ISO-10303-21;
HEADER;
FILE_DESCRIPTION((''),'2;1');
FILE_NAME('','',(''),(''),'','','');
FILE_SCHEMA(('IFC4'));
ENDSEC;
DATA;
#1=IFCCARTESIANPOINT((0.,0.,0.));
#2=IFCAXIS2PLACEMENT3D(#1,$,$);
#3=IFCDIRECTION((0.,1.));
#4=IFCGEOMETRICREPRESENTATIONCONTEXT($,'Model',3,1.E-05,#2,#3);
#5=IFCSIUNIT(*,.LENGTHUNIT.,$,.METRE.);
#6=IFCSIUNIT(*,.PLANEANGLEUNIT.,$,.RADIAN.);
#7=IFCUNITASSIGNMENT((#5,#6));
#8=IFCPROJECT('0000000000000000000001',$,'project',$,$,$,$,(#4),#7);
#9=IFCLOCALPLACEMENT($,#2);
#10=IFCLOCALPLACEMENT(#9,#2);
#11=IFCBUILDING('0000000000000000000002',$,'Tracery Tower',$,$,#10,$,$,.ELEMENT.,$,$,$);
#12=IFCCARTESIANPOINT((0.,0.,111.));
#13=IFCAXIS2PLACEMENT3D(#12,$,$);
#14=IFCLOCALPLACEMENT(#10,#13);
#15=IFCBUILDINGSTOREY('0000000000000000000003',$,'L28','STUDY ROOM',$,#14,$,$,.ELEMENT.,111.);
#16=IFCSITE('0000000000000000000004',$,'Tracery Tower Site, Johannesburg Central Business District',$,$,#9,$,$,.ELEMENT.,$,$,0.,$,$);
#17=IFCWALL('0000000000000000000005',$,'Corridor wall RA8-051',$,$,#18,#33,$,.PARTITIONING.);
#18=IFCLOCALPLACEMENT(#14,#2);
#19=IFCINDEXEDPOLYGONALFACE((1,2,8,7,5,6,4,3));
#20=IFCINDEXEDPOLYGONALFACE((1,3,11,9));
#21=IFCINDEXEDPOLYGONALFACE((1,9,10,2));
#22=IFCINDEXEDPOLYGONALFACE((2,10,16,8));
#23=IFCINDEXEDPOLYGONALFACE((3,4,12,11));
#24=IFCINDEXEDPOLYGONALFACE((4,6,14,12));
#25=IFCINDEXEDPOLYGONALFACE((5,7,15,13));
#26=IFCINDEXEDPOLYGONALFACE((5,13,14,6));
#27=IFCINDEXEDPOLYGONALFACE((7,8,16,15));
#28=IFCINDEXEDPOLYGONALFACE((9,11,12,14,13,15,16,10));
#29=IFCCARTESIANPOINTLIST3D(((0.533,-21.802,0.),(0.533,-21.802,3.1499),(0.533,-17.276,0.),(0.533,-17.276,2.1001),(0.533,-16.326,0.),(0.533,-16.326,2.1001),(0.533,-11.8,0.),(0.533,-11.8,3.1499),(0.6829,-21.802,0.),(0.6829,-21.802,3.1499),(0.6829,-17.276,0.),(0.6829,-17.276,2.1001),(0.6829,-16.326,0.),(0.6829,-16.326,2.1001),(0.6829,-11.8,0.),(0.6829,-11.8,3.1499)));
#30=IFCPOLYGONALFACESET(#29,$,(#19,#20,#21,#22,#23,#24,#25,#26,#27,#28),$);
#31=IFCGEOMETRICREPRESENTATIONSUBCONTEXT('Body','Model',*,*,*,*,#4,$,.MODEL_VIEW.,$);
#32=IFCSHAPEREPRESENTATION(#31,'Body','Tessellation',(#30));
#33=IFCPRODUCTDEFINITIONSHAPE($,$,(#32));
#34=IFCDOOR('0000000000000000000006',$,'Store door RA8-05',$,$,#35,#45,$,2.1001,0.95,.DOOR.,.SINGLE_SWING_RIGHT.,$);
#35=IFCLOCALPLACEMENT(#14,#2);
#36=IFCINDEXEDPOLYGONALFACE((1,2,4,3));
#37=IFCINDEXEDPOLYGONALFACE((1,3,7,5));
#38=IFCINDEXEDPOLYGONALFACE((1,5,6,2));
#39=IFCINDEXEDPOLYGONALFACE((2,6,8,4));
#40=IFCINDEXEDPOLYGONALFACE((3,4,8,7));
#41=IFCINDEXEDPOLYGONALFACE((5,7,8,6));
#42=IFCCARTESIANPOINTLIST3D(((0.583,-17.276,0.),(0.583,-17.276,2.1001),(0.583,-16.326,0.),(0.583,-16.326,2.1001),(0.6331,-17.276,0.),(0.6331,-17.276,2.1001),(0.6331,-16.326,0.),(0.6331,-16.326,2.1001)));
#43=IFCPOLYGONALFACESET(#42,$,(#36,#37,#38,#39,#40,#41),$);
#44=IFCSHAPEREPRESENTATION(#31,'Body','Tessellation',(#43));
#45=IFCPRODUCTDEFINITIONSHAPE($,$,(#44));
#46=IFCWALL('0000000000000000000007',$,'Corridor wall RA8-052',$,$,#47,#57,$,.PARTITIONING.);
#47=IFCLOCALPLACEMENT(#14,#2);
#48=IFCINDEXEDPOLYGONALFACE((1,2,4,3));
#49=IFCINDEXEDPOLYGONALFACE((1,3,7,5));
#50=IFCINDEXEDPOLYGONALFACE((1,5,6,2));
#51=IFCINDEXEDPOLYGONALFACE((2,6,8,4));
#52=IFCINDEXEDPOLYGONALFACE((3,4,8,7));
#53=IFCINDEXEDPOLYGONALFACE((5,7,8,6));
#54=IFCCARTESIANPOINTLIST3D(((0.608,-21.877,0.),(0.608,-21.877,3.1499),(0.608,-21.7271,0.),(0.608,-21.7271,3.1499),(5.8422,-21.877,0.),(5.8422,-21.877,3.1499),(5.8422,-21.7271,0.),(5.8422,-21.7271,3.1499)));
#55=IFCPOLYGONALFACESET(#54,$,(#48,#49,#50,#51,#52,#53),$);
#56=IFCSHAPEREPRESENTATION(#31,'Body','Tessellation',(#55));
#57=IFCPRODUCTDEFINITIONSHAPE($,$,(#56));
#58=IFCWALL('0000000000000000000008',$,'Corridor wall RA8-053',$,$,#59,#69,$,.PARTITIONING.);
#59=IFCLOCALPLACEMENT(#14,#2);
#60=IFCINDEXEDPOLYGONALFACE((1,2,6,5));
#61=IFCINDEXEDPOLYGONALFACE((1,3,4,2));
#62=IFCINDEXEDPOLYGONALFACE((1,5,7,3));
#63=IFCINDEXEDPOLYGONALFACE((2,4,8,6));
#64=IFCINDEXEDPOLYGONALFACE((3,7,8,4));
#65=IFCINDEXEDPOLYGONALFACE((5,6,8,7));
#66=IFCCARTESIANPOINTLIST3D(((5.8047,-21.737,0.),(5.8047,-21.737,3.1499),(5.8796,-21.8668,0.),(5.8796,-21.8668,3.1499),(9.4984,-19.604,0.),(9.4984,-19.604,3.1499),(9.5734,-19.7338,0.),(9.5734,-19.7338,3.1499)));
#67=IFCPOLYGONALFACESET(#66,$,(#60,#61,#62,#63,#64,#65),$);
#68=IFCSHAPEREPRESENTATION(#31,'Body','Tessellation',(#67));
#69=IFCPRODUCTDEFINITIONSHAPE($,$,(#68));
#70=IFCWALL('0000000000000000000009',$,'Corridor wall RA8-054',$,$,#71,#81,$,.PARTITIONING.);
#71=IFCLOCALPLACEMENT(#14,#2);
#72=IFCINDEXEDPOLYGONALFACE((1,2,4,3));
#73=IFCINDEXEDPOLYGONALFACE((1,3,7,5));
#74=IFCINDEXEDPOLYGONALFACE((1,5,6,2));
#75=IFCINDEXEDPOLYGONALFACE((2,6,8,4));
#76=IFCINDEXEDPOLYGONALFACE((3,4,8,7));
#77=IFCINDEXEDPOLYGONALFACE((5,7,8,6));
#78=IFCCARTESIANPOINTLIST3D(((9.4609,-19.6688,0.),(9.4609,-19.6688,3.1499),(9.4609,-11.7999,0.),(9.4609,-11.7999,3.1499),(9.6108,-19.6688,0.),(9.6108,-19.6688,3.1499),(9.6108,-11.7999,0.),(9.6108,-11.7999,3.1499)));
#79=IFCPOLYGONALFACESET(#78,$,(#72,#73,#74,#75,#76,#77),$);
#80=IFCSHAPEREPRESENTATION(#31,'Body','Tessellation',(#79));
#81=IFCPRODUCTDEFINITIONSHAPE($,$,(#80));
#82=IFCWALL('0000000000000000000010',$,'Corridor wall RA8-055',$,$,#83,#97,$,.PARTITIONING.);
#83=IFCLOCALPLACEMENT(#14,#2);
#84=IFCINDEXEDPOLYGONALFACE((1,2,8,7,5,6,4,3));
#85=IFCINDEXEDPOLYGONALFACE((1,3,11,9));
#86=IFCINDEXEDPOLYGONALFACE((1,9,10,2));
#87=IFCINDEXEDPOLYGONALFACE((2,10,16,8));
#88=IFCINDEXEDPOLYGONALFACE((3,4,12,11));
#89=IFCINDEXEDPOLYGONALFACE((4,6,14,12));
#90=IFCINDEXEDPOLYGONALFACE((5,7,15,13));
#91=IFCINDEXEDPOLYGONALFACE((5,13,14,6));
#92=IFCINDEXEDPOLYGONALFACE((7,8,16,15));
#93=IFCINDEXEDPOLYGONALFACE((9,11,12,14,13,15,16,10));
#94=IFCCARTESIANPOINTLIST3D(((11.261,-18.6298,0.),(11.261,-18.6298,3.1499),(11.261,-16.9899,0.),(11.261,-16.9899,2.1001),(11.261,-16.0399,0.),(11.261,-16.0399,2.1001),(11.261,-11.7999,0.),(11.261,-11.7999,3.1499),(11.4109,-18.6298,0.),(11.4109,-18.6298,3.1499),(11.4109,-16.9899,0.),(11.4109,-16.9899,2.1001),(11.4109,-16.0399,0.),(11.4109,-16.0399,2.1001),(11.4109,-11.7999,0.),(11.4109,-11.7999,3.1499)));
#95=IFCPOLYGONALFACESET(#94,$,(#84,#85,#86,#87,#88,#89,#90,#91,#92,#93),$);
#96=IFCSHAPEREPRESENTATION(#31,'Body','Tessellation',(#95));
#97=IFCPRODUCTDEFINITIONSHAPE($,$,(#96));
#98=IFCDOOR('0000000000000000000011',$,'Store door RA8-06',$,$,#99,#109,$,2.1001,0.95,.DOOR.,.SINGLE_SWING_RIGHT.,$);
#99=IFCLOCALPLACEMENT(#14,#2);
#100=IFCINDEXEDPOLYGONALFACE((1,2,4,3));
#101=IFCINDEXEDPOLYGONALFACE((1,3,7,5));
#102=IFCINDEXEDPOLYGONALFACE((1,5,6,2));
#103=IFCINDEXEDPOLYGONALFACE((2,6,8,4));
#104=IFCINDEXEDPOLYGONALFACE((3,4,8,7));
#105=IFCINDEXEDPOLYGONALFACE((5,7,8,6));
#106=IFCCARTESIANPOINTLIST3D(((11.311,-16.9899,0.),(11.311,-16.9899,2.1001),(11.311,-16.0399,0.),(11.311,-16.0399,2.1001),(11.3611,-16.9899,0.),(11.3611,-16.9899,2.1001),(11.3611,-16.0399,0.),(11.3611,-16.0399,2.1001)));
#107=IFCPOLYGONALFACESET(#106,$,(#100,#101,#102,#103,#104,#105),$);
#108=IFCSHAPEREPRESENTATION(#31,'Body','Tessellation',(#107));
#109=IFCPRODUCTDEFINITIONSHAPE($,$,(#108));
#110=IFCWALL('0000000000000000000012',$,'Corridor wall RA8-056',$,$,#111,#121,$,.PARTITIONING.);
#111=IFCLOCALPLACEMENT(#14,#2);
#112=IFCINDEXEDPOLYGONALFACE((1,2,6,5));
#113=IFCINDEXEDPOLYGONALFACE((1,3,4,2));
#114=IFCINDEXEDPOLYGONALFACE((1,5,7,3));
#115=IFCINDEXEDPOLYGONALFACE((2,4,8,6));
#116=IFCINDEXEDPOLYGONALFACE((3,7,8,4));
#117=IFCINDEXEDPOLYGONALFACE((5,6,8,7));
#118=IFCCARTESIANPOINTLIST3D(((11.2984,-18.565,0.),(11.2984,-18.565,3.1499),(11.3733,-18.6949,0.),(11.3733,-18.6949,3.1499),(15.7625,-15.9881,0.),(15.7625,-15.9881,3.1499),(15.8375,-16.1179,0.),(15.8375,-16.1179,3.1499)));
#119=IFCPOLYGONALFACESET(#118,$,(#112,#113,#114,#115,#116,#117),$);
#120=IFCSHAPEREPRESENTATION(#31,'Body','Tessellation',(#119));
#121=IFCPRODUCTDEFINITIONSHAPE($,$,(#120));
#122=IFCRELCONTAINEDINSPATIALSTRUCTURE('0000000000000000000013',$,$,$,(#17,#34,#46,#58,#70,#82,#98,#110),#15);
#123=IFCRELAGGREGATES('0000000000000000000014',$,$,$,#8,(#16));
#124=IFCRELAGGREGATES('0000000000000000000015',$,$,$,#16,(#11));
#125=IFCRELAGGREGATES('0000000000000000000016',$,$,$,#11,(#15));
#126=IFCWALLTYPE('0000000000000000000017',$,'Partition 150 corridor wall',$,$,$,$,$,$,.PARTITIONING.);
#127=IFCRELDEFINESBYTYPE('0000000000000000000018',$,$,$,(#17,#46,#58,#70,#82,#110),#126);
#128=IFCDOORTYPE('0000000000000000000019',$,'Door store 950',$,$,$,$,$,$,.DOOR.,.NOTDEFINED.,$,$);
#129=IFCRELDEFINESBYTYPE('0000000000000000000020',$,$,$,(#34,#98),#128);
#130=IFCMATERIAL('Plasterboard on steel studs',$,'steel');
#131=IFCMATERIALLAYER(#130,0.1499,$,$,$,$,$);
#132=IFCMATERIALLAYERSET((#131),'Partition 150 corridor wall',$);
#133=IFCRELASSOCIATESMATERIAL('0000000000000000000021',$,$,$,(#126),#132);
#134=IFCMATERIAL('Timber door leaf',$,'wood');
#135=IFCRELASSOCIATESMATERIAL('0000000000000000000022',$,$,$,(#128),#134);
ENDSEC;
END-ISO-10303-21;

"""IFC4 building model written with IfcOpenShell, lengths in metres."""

from ifc_helpers import new_model, si_unit, direction, frame, frame_2d, origin, place, context, subcontext, project, spatial, rectangle, extrude, material, layer, layer_set, type_object, element, fill, save


model = new_model("IFC4")

# Units and contexts
model_context = context("Model", 3, precision=1e-05, world=origin(), true_north=direction((0.0, 1.0)))
body_context = subcontext(model_context, "Body", "Model", "MODEL_VIEW")
ifc_project = project(units=[si_unit("LENGTHUNIT", "METRE"), si_unit("PLANEANGLEUNIT", "RADIAN")], contexts=[model_context])

# Site, building, storey
site_placement = place(None, origin())
site = spatial("IfcSite", under=ifc_project, at=site_placement, Name="Tracery Tower Site, Johannesburg Central Business District", CompositionType="ELEMENT", RefElevation=0.0)
building_placement = place(site_placement, origin())
building = spatial("IfcBuilding", under=site, at=building_placement, Name="Tracery Tower", CompositionType="ELEMENT")
storey_placement = place(building_placement, frame((0.0, 0.0, 111.0)))
storey = spatial("IfcBuildingStorey", under=building, at=storey_placement, Name="L28", Description="STUDY ROOM", CompositionType="ELEMENT", Elevation=111.0)

# Shared definitions
ifc_material_1 = material(Name="Plasterboard on steel studs", Category="steel")
ifc_layer_1 = layer(ifc_material_1, 0.1499)
ifc_layer_set_1 = layer_set([ifc_layer_1], Name="Partition 150 corridor wall")
wall_type_1 = type_object("IfcWallType", Name="Partition 150 corridor wall", PredefinedType="PARTITIONING", material=ifc_layer_set_1)

# Wall, opening, door
wall_1_placement = place(storey_placement, frame((0.6079, -21.802, 0.0), z_axis=(0.0, 0.0, 1.0), x_axis=(0.0, 1.0, 0.0)))
wall_1 = element("IfcWall", 1, at=wall_1_placement, inside=storey, type_object=wall_type_1, Name="Corridor wall RA8-051", PredefinedType="PARTITIONING", context=body_context, shape_type="SweptSolid", body=[
    extrude(rectangle(XDim=10.002, YDim=0.1499, at=frame_2d((5.001, 0.0))), origin(), (0.0, 0.0, 1.0), 3.1499),
])
opening_1_placement = place(wall_1_placement, frame((4.5259, 0.0, 0.0)))
opening_1 = element("IfcOpeningElement", 2, at=opening_1_placement, cuts=wall_1, PredefinedType="OPENING", context=body_context, shape_type="SweptSolid", body=[
    extrude(rectangle(XDim=0.95, YDim=2.1001, at=frame_2d((0.4751, 1.05))), frame((0.0, 0.075, 0.0), z_axis=(0.0, -1.0, 0.0), x_axis=(1.0, 0.0, 0.0)), (0.0, 0.0, 1.0), 0.1499),
])
ifc_material_2 = material(Name="Timber door leaf", Category="wood")
door_type_1 = type_object("IfcDoorType", Name="Door store 950", OperationType="NOTDEFINED", PredefinedType="DOOR", material=ifc_material_2)
door_1_placement = place(opening_1_placement, origin())
door_1 = element("IfcDoor", 3, at=door_1_placement, inside=storey, type_object=door_type_1, Name="Store door RA8-05", OperationType="SINGLE_SWING_RIGHT", OverallHeight=2.1001, OverallWidth=0.95, PredefinedType="DOOR", context=body_context, shape_type="SweptSolid", body=[
    extrude(rectangle(XDim=0.95, YDim=2.1001, at=frame_2d((0.4751, 1.05))), frame((0.0, 0.0249, 0.0), z_axis=(0.0, -1.0, 0.0), x_axis=(1.0, 0.0, 0.0)), (0.0, 0.0, 1.0), 0.05),
])
fill(opening_1, door_1)

# Walls
wall_2_placement = place(storey_placement, frame((0.6079, -21.802, 0.0), z_axis=(0.0, 0.0, 1.0), x_axis=(1.0, 0.0, 0.0)))
element("IfcWall", 4, at=wall_2_placement, inside=storey, type_object=wall_type_1, Name="Corridor wall RA8-052", PredefinedType="PARTITIONING", context=body_context, shape_type="SweptSolid", body=[
    extrude(rectangle(XDim=5.2341, YDim=0.1499, at=frame_2d((2.6172, 0.0))), origin(), (0.0, 0.0, 1.0), 3.1499),
])
wall_3_placement = place(storey_placement, frame((5.842, -21.802, 0.0), z_axis=(0.0, 0.0, 1.0), x_axis=(0.865984, 0.500073, 0.0)))
element("IfcWall", 5, at=wall_3_placement, inside=storey, type_object=wall_type_1, Name="Corridor wall RA8-053", PredefinedType="PARTITIONING", context=body_context, shape_type="SweptSolid", body=[
    extrude(rectangle(XDim=4.2654, YDim=0.1499, at=frame_2d((2.1328, 0.0))), origin(), (0.0, 0.0, 1.0), 3.1499),
])
wall_4_placement = place(storey_placement, frame((9.5359, -19.6689, 0.0), z_axis=(0.0, 0.0, 1.0), x_axis=(0.0, 1.0, 0.0)))
element("IfcWall", 6, at=wall_4_placement, inside=storey, type_object=wall_type_1, Name="Corridor wall RA8-054", PredefinedType="PARTITIONING", context=body_context, shape_type="SweptSolid", body=[
    extrude(rectangle(XDim=7.8689, YDim=0.1499, at=frame_2d((3.9346, 0.0))), origin(), (0.0, 0.0, 1.0), 3.1499),
])

# Wall, opening, door
wall_5_placement = place(storey_placement, frame((11.3359, -18.6299, 0.0), z_axis=(0.0, 0.0, 1.0), x_axis=(0.0, 1.0, 0.0)))
wall_5 = element("IfcWall", 7, at=wall_5_placement, inside=storey, type_object=wall_type_1, Name="Corridor wall RA8-055", PredefinedType="PARTITIONING", context=body_context, shape_type="SweptSolid", body=[
    extrude(rectangle(XDim=6.8298, YDim=0.1499, at=frame_2d((3.415, 0.0))), origin(), (0.0, 0.0, 1.0), 3.1499),
])
opening_2_placement = place(wall_5_placement, frame((1.6399, 0.0, 0.0)))
opening_2 = element("IfcOpeningElement", 8, at=opening_2_placement, cuts=wall_5, PredefinedType="OPENING", context=body_context, shape_type="SweptSolid", body=[
    extrude(rectangle(XDim=0.95, YDim=2.1001, at=frame_2d((0.4751, 1.05))), frame((0.0, 0.075, 0.0), z_axis=(0.0, -1.0, 0.0), x_axis=(1.0, 0.0, 0.0)), (0.0, 0.0, 1.0), 0.1499),
])
door_2_placement = place(opening_2_placement, origin())
door_2 = element("IfcDoor", 9, at=door_2_placement, inside=storey, type_object=door_type_1, Name="Store door RA8-06", OperationType="SINGLE_SWING_RIGHT", OverallHeight=2.1001, OverallWidth=0.95, PredefinedType="DOOR", context=body_context, shape_type="SweptSolid", body=[
    extrude(rectangle(XDim=0.95, YDim=2.1001, at=frame_2d((0.4751, 1.05))), frame((0.0, 0.0249, 0.0), z_axis=(0.0, -1.0, 0.0), x_axis=(1.0, 0.0, 0.0)), (0.0, 0.0, 1.0), 0.05),
])
fill(opening_2, door_2)

# Wall
wall_6_placement = place(storey_placement, frame((11.3359, -18.6299, 0.0), z_axis=(0.0, 0.0, 1.0), x_axis=(0.866063, 0.499934, 0.0)))
element("IfcWall", 10, at=wall_6_placement, inside=storey, type_object=wall_type_1, Name="Corridor wall RA8-056", PredefinedType="PARTITIONING", context=body_context, shape_type="SweptSolid", body=[
    extrude(rectangle(XDim=5.1545, YDim=0.1499, at=frame_2d((2.5771, 0.0))), origin(), (0.0, 0.0, 1.0), 3.1499),
])

save(model, "model.ifc")
